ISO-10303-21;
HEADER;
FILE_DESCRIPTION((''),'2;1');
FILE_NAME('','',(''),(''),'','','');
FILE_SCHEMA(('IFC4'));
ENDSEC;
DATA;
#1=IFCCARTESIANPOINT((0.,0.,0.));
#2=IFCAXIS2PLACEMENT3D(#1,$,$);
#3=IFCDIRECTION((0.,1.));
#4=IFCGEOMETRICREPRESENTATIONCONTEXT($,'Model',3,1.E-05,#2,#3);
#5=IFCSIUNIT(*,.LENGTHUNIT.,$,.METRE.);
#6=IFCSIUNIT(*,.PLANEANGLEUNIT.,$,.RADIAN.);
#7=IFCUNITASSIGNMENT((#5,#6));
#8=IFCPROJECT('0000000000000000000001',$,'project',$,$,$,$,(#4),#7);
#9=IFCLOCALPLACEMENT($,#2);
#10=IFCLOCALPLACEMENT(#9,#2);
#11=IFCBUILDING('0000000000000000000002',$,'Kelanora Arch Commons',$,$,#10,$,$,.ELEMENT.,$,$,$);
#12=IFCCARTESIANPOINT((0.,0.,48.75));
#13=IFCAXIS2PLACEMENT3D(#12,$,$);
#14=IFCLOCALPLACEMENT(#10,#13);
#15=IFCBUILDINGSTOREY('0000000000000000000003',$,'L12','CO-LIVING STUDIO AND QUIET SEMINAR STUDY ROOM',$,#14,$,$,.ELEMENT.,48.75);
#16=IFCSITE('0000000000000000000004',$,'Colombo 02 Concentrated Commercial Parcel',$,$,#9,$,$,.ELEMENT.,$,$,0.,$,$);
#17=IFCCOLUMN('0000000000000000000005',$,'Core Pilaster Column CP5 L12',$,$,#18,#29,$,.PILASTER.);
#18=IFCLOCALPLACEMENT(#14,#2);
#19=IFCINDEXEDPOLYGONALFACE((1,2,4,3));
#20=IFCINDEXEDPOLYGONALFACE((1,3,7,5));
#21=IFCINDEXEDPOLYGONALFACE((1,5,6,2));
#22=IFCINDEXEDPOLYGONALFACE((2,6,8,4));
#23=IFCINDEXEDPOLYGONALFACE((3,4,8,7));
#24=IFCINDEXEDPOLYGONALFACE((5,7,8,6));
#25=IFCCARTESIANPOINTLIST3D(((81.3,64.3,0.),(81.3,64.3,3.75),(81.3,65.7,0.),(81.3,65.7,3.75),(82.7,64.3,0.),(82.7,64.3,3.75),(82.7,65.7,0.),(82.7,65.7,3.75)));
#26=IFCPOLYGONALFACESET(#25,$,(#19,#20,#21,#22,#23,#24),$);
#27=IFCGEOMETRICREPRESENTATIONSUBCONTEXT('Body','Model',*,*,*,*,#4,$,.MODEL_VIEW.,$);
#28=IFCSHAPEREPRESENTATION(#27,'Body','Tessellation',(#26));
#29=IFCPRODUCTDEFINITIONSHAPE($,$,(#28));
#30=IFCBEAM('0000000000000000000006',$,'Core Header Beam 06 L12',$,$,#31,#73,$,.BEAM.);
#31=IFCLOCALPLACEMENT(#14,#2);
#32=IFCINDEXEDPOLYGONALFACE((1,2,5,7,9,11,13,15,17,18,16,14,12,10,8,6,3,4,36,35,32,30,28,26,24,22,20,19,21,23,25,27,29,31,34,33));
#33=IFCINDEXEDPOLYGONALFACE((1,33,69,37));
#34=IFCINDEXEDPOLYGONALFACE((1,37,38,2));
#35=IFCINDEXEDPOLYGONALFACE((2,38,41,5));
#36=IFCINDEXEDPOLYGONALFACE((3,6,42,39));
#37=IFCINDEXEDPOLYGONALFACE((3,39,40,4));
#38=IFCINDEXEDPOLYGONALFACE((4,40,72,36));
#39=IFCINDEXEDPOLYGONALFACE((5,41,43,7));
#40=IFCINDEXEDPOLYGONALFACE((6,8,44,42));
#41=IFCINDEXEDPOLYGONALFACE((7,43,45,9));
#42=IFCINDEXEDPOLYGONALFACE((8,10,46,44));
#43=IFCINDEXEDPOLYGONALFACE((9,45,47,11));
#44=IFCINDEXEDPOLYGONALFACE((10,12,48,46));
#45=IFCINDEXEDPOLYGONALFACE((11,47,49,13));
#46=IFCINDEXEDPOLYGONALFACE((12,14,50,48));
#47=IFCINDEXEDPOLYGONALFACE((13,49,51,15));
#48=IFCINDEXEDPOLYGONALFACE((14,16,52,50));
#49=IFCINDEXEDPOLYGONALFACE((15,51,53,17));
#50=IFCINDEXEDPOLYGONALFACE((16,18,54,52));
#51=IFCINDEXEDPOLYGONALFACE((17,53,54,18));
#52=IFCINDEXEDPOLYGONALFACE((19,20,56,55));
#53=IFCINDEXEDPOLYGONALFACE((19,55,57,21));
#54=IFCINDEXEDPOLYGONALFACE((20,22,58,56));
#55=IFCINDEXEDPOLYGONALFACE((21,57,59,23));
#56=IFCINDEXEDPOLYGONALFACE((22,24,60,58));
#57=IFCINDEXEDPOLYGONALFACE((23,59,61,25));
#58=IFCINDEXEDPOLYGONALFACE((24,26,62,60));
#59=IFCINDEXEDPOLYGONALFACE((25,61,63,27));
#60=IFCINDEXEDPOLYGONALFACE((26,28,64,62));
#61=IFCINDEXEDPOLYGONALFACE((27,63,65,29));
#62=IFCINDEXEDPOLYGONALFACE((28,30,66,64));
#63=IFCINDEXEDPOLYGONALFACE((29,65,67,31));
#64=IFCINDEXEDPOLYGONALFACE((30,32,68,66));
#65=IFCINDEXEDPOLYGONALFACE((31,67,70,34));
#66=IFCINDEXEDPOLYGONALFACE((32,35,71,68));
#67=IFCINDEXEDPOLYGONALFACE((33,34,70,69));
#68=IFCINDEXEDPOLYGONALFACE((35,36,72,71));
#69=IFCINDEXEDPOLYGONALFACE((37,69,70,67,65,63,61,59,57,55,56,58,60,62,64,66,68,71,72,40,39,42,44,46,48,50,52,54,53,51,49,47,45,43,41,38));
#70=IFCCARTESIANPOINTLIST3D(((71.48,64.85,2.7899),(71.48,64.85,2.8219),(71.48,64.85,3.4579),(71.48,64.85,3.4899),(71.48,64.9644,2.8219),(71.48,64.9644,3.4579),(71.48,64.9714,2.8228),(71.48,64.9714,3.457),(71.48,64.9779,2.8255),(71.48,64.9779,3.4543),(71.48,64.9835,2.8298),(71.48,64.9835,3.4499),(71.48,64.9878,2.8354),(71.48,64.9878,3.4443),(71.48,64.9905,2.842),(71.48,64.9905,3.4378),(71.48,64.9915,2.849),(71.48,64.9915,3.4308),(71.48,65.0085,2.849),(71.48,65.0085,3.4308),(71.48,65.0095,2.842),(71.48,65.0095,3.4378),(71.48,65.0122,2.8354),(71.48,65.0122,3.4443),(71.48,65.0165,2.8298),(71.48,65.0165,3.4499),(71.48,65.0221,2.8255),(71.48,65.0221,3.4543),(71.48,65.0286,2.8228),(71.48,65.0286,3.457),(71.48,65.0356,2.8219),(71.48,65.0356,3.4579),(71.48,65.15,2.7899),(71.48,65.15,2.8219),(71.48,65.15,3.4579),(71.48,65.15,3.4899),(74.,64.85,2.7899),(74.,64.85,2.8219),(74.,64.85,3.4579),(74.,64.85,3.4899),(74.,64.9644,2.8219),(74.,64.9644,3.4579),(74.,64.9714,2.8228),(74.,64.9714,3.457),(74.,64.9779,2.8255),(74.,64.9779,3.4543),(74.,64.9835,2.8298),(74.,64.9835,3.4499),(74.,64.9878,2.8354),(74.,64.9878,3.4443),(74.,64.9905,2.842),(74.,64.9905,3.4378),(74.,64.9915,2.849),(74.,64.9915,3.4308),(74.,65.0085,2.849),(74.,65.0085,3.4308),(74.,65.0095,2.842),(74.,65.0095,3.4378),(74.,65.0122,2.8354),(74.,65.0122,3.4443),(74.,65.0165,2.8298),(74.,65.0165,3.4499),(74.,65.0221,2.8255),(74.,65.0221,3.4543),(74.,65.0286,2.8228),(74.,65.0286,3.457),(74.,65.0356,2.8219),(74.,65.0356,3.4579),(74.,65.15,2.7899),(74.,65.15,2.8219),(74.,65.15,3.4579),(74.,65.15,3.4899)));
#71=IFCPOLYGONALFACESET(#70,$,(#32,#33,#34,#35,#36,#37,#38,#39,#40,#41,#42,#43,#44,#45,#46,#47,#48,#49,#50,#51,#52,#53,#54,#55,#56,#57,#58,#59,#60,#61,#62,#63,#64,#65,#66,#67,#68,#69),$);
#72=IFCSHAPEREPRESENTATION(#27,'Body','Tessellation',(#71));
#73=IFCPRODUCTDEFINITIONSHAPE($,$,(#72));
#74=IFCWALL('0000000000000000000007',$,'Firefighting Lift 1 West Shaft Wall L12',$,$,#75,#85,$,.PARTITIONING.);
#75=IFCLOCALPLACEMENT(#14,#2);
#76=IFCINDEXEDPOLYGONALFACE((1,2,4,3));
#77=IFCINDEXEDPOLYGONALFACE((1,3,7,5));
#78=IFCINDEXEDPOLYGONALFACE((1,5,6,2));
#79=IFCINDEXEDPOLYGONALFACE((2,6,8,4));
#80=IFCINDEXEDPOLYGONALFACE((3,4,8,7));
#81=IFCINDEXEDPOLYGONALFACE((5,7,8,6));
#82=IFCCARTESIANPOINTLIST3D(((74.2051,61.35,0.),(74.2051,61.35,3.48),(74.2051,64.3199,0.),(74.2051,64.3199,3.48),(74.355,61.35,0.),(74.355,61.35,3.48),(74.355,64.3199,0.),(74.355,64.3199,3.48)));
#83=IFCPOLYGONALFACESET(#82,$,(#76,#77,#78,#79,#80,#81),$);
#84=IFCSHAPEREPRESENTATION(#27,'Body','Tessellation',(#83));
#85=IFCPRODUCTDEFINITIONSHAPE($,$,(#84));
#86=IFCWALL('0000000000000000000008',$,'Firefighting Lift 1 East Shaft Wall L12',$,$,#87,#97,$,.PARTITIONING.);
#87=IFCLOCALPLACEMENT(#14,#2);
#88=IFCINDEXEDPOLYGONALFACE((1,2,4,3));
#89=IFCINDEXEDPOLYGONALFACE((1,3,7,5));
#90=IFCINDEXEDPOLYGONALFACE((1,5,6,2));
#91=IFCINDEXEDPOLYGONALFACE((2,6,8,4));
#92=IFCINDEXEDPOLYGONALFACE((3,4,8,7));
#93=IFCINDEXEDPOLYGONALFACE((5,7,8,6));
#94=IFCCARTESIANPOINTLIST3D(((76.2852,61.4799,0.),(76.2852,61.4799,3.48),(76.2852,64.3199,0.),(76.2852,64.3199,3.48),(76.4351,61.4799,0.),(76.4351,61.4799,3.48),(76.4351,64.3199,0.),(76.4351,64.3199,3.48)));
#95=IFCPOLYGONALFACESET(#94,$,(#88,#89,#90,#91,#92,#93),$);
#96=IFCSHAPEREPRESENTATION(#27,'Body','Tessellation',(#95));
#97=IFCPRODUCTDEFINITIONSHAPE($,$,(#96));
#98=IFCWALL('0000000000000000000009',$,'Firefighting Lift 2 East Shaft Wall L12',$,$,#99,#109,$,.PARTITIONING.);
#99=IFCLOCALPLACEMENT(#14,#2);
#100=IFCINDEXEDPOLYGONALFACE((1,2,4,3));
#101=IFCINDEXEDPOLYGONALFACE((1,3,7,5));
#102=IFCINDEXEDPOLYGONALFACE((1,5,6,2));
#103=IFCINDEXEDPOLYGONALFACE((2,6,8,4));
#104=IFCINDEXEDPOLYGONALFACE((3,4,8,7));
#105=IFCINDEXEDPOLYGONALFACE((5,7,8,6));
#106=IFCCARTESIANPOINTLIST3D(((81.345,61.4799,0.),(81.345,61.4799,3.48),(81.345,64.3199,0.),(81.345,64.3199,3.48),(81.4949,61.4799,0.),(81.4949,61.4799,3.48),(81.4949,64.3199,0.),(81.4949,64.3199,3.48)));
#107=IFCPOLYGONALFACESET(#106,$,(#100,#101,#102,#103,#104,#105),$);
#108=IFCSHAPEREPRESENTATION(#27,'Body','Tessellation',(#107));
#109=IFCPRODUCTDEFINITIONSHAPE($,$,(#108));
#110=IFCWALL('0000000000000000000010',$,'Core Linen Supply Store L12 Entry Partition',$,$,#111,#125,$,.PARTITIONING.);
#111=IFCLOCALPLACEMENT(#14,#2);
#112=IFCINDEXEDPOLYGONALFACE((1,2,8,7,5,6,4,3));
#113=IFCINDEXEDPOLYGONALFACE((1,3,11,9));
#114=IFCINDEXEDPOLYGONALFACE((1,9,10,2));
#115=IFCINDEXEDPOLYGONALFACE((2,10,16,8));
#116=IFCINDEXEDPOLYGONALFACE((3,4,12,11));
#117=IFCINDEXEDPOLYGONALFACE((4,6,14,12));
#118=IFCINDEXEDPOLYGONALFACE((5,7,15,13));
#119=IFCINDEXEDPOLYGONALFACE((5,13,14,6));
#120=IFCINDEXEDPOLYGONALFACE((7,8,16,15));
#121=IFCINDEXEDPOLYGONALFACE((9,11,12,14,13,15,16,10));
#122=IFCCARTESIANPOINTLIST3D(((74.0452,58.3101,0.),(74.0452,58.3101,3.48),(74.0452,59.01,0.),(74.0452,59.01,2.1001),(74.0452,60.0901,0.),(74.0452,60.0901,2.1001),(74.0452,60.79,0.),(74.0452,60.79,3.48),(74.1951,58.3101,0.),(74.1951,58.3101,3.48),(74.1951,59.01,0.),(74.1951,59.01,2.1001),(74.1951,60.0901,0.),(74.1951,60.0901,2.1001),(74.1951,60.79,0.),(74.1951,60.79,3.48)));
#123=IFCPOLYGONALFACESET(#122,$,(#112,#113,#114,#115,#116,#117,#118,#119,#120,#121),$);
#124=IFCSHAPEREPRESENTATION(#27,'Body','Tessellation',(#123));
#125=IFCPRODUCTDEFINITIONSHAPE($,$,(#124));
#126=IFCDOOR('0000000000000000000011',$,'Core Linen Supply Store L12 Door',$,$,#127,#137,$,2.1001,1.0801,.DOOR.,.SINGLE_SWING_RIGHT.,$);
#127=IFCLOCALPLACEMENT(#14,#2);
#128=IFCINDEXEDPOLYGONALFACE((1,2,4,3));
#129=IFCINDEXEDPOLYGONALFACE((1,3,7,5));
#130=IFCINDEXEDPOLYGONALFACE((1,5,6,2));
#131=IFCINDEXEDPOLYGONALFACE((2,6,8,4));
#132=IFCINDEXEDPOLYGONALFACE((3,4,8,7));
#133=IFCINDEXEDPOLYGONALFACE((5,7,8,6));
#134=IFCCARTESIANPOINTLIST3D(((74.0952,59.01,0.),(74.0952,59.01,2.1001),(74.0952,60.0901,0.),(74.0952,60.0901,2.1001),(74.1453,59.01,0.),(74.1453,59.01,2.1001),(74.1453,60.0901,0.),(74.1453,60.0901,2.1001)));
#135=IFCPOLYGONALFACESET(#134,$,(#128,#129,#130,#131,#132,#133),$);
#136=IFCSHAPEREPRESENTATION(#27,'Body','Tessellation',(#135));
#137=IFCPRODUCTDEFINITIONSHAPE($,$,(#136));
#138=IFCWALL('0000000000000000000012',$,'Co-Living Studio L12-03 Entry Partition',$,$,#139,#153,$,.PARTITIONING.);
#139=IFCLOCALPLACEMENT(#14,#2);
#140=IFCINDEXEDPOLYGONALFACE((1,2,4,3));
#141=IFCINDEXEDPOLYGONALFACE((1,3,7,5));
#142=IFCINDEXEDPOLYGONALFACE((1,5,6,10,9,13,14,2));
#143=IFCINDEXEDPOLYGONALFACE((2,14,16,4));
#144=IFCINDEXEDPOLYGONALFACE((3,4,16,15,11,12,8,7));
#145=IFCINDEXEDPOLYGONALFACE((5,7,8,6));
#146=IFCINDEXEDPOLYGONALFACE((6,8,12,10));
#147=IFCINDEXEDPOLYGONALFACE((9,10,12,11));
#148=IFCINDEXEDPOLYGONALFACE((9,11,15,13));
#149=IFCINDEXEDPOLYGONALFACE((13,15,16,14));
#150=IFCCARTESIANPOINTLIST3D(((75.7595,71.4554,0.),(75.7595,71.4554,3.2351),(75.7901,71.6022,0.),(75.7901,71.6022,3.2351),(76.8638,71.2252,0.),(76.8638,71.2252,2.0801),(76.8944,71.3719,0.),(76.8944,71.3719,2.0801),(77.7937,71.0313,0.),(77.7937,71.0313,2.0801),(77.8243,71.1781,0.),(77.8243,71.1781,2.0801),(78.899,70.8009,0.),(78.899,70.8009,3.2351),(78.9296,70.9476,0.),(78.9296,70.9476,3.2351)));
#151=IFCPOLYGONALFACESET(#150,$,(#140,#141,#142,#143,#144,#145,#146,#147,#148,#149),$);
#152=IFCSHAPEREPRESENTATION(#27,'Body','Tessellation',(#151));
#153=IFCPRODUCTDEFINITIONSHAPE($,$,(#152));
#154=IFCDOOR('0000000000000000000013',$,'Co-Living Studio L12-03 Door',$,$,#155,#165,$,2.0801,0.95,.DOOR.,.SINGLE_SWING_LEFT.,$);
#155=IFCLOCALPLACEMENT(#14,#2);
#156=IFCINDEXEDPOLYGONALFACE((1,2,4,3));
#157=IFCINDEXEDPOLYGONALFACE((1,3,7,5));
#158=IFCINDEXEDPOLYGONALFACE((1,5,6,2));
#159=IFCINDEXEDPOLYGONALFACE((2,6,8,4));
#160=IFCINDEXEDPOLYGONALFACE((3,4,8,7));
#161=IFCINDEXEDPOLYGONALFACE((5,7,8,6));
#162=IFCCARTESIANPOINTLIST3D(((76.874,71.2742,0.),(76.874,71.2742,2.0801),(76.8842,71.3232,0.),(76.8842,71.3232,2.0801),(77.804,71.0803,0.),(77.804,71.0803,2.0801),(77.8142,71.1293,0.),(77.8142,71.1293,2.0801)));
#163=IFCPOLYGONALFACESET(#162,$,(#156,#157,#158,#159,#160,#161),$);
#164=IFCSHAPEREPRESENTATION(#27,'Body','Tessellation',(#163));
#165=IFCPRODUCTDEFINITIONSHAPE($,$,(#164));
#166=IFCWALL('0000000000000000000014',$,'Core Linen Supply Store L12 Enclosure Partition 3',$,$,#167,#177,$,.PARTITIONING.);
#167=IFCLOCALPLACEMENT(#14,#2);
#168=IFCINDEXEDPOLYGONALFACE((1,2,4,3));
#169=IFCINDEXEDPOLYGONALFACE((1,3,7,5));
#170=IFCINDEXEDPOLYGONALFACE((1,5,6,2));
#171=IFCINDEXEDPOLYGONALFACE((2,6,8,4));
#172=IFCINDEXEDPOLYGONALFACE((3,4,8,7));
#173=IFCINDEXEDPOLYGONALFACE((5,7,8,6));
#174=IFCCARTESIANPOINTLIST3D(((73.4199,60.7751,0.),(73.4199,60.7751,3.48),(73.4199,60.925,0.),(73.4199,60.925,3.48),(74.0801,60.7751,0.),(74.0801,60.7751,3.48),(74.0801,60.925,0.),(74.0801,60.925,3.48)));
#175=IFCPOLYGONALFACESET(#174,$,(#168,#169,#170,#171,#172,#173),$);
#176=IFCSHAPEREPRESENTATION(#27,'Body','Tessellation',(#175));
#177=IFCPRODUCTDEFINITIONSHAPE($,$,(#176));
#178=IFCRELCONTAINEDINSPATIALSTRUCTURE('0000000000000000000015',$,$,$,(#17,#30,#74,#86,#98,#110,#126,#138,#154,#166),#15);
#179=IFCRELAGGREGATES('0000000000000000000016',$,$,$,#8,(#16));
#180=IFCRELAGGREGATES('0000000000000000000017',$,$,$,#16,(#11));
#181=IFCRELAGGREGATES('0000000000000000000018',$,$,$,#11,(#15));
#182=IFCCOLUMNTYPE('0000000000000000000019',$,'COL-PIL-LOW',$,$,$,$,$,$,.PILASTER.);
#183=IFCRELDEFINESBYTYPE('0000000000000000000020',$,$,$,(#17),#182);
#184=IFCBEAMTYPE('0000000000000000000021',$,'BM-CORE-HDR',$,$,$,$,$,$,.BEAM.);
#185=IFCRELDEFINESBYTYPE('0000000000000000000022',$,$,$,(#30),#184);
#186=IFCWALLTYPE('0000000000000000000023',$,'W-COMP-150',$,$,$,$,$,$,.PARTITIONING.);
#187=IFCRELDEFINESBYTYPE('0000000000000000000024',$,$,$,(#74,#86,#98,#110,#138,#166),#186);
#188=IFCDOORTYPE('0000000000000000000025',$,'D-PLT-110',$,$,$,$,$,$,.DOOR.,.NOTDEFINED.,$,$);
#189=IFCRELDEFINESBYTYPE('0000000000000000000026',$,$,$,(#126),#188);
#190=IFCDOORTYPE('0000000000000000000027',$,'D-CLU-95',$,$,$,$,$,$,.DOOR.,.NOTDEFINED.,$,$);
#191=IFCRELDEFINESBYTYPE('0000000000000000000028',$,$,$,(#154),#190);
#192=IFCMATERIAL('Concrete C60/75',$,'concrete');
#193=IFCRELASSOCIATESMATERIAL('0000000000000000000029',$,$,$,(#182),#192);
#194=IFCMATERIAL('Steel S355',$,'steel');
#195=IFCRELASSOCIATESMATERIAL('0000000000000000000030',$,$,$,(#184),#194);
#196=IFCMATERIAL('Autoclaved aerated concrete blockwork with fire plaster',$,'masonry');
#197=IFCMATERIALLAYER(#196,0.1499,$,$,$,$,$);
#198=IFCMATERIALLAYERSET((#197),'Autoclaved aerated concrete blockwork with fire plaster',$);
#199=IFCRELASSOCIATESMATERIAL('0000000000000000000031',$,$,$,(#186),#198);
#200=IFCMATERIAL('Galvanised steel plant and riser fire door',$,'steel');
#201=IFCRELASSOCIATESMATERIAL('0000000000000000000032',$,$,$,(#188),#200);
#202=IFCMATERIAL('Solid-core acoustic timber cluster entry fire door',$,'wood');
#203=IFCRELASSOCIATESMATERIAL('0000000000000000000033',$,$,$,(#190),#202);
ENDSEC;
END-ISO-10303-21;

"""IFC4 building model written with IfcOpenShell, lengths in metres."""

from ifc_helpers import new_model, si_unit, direction, frame, frame_2d, origin, origin_2d, place, context, subcontext, project, spatial, rectangle, i_section, extrude, material, layer, layer_set, material_profile, profile_set, type_object, element, fill, save


model = new_model("IFC4")

# Units and contexts
model_context = context("Model", 3, precision=1e-05, world=origin(), true_north=direction((0.0, 1.0)))
body_context = subcontext(model_context, "Body", "Model", "MODEL_VIEW")
ifc_project = project(units=[si_unit("LENGTHUNIT", "METRE"), si_unit("PLANEANGLEUNIT", "RADIAN")], contexts=[model_context])

# Site, building, storey
site_placement = place(None, origin())
site = spatial("IfcSite", under=ifc_project, at=site_placement, Name="Colombo 02 Concentrated Commercial Parcel", CompositionType="ELEMENT", RefElevation=0.0)
building_placement = place(site_placement, origin())
building = spatial("IfcBuilding", under=site, at=building_placement, Name="Kelanora Arch Commons", CompositionType="ELEMENT")
storey_placement = place(building_placement, frame((0.0, 0.0, 48.75)))
storey = spatial("IfcBuildingStorey", under=building, at=storey_placement, Name="L12", Description="CO-LIVING STUDIO AND QUIET SEMINAR STUDY ROOM", CompositionType="ELEMENT", Elevation=48.75)

# Column
ifc_material_1 = material(Name="Concrete C60/75", Category="concrete")
ifc_material_profile_1 = material_profile(ifc_material_1, rectangle(XDim=1.3999, YDim=1.3999, at=origin_2d()), Name="RC1400x1400")
ifc_profile_set_1 = profile_set([ifc_material_profile_1], Name="Concrete C60/75")
column_type = type_object("IfcColumnType", Name="COL-PIL-LOW", PredefinedType="PILASTER", material=ifc_profile_set_1)
column_placement = place(storey_placement, frame((82.0, 65.0, 0.0), z_axis=(0.0, 0.0, 1.0), x_axis=(1.0, 0.0, 0.0)))
element("IfcColumn", 1, at=column_placement, inside=storey, type_object=column_type, Name="Core Pilaster Column CP5 L12", PredefinedType="PILASTER", context=body_context, shape_type="SweptSolid", body=[
    extrude(rectangle(XDim=1.3999, YDim=1.3999, at=origin_2d()), origin(), (0.0, 0.0, 1.0), 3.75),
])

# Beam
ifc_material_2 = material(Name="Steel S355", Category="steel")
ifc_material_profile_2 = material_profile(ifc_material_2, i_section(OverallWidth=0.3, OverallDepth=0.7, WebThickness=0.0171, FlangeThickness=0.032, FilletRadius=0.0271, at=origin_2d()), Name="HEB700")
ifc_profile_set_2 = profile_set([ifc_material_profile_2], Name="Steel S355")
beam_type = type_object("IfcBeamType", Name="BM-CORE-HDR", PredefinedType="BEAM", material=ifc_profile_set_2)
beam_placement = place(storey_placement, frame((74.0, 65.0, 3.1399), z_axis=(-1.0, 0.0, 0.0), x_axis=(0.0, -1.0, 0.0)))
element("IfcBeam", 2, at=beam_placement, inside=storey, type_object=beam_type, Name="Core Header Beam 06 L12", PredefinedType="BEAM", context=body_context, shape_type="SweptSolid", body=[
    extrude(i_section(OverallWidth=0.3, OverallDepth=0.7, WebThickness=0.0171, FlangeThickness=0.032, FilletRadius=0.0271, at=origin_2d()), origin(), (0.0, 0.0, 1.0), 2.52),
])

# Walls
ifc_material_3 = material(Name="Autoclaved aerated concrete blockwork with fire plaster", Category="masonry")
ifc_layer_1 = layer(ifc_material_3, 0.1499)
ifc_layer_set_1 = layer_set([ifc_layer_1], Name="Autoclaved aerated concrete blockwork with fire plaster")
wall_type_1 = type_object("IfcWallType", Name="W-COMP-150", PredefinedType="PARTITIONING", material=ifc_layer_set_1)
wall_1_placement = place(storey_placement, frame((74.28, 61.3501, 0.0), z_axis=(0.0, 0.0, 1.0), x_axis=(0.0, 1.0, 0.0)))
element("IfcWall", 3, at=wall_1_placement, inside=storey, type_object=wall_type_1, Name="Firefighting Lift 1 West Shaft Wall L12", PredefinedType="PARTITIONING", context=body_context, shape_type="SweptSolid", body=[
    extrude(rectangle(XDim=2.97, YDim=0.1499, at=frame_2d((1.4849, 0.0))), origin(), (0.0, 0.0, 1.0), 3.48),
])
for number, where, z_axis, x_axis, name in (
    (4, (76.3601, 61.48, 0.0), (0.0, 0.0, 1.0), (0.0, 1.0, 0.0), "Firefighting Lift 1 East Shaft Wall L12"),
    (5, (81.4199, 61.48, 0.0), (0.0, 0.0, 1.0), (0.0, 1.0, 0.0), "Firefighting Lift 2 East Shaft Wall L12"),
):
    element("IfcWall", number, at=place(storey_placement, frame(where, z_axis=z_axis, x_axis=x_axis)), inside=storey, type_object=wall_type_1, Name=name, PredefinedType="PARTITIONING", context=body_context, shape_type="SweptSolid", body=[
        extrude(rectangle(XDim=2.8401, YDim=0.1499, at=frame_2d((1.4199, 0.0))), origin(), (0.0, 0.0, 1.0), 3.48),
    ])

# Walls, openings, doors
wall_2_placement = place(storey_placement, frame((74.1201, 58.3101, 0.0), z_axis=(0.0, 0.0, 1.0), x_axis=(0.0, 1.0, 0.0)))
wall_2 = element("IfcWall", 6, at=wall_2_placement, inside=storey, type_object=wall_type_1, Name="Core Linen Supply Store L12 Entry Partition", PredefinedType="PARTITIONING", context=body_context, shape_type="SweptSolid", body=[
    extrude(rectangle(XDim=2.48, YDim=0.1499, at=frame_2d((1.24, 0.0))), origin(), (0.0, 0.0, 1.0), 3.48),
])
opening_1_placement = place(wall_2_placement, frame((0.7, 0.0, 0.0)))
opening_1 = element("IfcOpeningElement", 7, at=opening_1_placement, cuts=wall_2, PredefinedType="OPENING", context=body_context, shape_type="SweptSolid", body=[
    extrude(rectangle(XDim=1.0801, YDim=2.1001, at=frame_2d((0.54, 1.05))), frame((0.0, 0.085, 0.0), z_axis=(0.0, -1.0, 0.0), x_axis=(1.0, 0.0, 0.0)), (0.0, 0.0, 1.0), 0.1699),
])
ifc_material_4 = material(Name="Galvanised steel plant and riser fire door", Category="steel")
door_type_1 = type_object("IfcDoorType", Name="D-PLT-110", OperationType="NOTDEFINED", PredefinedType="DOOR", material=ifc_material_4)
door_1_placement = place(opening_1_placement, origin())
door_1 = element("IfcDoor", 8, at=door_1_placement, inside=storey, type_object=door_type_1, Name="Core Linen Supply Store L12 Door", OperationType="SINGLE_SWING_RIGHT", OverallHeight=2.1001, OverallWidth=1.0801, PredefinedType="DOOR", context=body_context, shape_type="SweptSolid", body=[
    extrude(rectangle(XDim=1.0801, YDim=2.1001, at=frame_2d((0.54, 1.05))), frame((0.0, 0.0249, 0.0), z_axis=(0.0, -1.0, 0.0), x_axis=(1.0, 0.0, 0.0)), (0.0, 0.0, 1.0), 0.05),
])
fill(opening_1, door_1)
wall_3_placement = place(storey_placement, frame((78.9143, 70.8743, 0.0), z_axis=(0.0, 0.0, 1.0), x_axis=(-0.978953, 0.204088, 0.0)))
wall_3 = element("IfcWall", 9, at=wall_3_placement, inside=storey, type_object=wall_type_1, Name="Co-Living Studio L12-03 Entry Partition", PredefinedType="PARTITIONING", context=body_context, shape_type="SweptSolid", body=[
    extrude(rectangle(XDim=3.207, YDim=0.1499, at=frame_2d((1.6035, 0.0))), origin(), (0.0, 0.0, 1.0), 3.2351),
])
opening_2_placement = place(wall_3_placement, frame((1.1289, 0.0, 0.0)))
opening_2 = element("IfcOpeningElement", 10, at=opening_2_placement, cuts=wall_3, PredefinedType="OPENING", context=body_context, shape_type="SweptSolid", body=[
    extrude(rectangle(XDim=0.95, YDim=2.0801, at=frame_2d((0.4751, 1.04))), frame((0.0, 0.085, 0.0), z_axis=(0.0, -1.0, 0.0), x_axis=(1.0, 0.0, 0.0)), (0.0, 0.0, 1.0), 0.1699),
])
ifc_material_5 = material(Name="Solid-core acoustic timber cluster entry fire door", Category="wood")
door_type_2 = type_object("IfcDoorType", Name="D-CLU-95", OperationType="NOTDEFINED", PredefinedType="DOOR", material=ifc_material_5)
door_2_placement = place(opening_2_placement, origin())
door_2 = element("IfcDoor", 11, at=door_2_placement, inside=storey, type_object=door_type_2, Name="Co-Living Studio L12-03 Door", OperationType="SINGLE_SWING_LEFT", OverallHeight=2.0801, OverallWidth=0.95, PredefinedType="DOOR", context=body_context, shape_type="SweptSolid", body=[
    extrude(rectangle(XDim=0.95, YDim=2.0801, at=frame_2d((0.4751, 1.04))), frame((0.0, 0.0249, 0.0), z_axis=(0.0, -1.0, 0.0), x_axis=(1.0, 0.0, 0.0)), (0.0, 0.0, 1.0), 0.05),
])
fill(opening_2, door_2)

# Wall
wall_4_placement = place(storey_placement, frame((74.0801, 60.8501, 0.0), z_axis=(0.0, 0.0, 1.0), x_axis=(-1.0, 0.0, 0.0)))
element("IfcWall", 12, at=wall_4_placement, inside=storey, type_object=wall_type_1, Name="Core Linen Supply Store L12 Enclosure Partition 3", PredefinedType="PARTITIONING", context=body_context, shape_type="SweptSolid", body=[
    extrude(rectangle(XDim=0.6602, YDim=0.1499, at=frame_2d((0.3301, 0.0))), origin(), (0.0, 0.0, 1.0), 3.48),
])

save(model, "model.ifc")
